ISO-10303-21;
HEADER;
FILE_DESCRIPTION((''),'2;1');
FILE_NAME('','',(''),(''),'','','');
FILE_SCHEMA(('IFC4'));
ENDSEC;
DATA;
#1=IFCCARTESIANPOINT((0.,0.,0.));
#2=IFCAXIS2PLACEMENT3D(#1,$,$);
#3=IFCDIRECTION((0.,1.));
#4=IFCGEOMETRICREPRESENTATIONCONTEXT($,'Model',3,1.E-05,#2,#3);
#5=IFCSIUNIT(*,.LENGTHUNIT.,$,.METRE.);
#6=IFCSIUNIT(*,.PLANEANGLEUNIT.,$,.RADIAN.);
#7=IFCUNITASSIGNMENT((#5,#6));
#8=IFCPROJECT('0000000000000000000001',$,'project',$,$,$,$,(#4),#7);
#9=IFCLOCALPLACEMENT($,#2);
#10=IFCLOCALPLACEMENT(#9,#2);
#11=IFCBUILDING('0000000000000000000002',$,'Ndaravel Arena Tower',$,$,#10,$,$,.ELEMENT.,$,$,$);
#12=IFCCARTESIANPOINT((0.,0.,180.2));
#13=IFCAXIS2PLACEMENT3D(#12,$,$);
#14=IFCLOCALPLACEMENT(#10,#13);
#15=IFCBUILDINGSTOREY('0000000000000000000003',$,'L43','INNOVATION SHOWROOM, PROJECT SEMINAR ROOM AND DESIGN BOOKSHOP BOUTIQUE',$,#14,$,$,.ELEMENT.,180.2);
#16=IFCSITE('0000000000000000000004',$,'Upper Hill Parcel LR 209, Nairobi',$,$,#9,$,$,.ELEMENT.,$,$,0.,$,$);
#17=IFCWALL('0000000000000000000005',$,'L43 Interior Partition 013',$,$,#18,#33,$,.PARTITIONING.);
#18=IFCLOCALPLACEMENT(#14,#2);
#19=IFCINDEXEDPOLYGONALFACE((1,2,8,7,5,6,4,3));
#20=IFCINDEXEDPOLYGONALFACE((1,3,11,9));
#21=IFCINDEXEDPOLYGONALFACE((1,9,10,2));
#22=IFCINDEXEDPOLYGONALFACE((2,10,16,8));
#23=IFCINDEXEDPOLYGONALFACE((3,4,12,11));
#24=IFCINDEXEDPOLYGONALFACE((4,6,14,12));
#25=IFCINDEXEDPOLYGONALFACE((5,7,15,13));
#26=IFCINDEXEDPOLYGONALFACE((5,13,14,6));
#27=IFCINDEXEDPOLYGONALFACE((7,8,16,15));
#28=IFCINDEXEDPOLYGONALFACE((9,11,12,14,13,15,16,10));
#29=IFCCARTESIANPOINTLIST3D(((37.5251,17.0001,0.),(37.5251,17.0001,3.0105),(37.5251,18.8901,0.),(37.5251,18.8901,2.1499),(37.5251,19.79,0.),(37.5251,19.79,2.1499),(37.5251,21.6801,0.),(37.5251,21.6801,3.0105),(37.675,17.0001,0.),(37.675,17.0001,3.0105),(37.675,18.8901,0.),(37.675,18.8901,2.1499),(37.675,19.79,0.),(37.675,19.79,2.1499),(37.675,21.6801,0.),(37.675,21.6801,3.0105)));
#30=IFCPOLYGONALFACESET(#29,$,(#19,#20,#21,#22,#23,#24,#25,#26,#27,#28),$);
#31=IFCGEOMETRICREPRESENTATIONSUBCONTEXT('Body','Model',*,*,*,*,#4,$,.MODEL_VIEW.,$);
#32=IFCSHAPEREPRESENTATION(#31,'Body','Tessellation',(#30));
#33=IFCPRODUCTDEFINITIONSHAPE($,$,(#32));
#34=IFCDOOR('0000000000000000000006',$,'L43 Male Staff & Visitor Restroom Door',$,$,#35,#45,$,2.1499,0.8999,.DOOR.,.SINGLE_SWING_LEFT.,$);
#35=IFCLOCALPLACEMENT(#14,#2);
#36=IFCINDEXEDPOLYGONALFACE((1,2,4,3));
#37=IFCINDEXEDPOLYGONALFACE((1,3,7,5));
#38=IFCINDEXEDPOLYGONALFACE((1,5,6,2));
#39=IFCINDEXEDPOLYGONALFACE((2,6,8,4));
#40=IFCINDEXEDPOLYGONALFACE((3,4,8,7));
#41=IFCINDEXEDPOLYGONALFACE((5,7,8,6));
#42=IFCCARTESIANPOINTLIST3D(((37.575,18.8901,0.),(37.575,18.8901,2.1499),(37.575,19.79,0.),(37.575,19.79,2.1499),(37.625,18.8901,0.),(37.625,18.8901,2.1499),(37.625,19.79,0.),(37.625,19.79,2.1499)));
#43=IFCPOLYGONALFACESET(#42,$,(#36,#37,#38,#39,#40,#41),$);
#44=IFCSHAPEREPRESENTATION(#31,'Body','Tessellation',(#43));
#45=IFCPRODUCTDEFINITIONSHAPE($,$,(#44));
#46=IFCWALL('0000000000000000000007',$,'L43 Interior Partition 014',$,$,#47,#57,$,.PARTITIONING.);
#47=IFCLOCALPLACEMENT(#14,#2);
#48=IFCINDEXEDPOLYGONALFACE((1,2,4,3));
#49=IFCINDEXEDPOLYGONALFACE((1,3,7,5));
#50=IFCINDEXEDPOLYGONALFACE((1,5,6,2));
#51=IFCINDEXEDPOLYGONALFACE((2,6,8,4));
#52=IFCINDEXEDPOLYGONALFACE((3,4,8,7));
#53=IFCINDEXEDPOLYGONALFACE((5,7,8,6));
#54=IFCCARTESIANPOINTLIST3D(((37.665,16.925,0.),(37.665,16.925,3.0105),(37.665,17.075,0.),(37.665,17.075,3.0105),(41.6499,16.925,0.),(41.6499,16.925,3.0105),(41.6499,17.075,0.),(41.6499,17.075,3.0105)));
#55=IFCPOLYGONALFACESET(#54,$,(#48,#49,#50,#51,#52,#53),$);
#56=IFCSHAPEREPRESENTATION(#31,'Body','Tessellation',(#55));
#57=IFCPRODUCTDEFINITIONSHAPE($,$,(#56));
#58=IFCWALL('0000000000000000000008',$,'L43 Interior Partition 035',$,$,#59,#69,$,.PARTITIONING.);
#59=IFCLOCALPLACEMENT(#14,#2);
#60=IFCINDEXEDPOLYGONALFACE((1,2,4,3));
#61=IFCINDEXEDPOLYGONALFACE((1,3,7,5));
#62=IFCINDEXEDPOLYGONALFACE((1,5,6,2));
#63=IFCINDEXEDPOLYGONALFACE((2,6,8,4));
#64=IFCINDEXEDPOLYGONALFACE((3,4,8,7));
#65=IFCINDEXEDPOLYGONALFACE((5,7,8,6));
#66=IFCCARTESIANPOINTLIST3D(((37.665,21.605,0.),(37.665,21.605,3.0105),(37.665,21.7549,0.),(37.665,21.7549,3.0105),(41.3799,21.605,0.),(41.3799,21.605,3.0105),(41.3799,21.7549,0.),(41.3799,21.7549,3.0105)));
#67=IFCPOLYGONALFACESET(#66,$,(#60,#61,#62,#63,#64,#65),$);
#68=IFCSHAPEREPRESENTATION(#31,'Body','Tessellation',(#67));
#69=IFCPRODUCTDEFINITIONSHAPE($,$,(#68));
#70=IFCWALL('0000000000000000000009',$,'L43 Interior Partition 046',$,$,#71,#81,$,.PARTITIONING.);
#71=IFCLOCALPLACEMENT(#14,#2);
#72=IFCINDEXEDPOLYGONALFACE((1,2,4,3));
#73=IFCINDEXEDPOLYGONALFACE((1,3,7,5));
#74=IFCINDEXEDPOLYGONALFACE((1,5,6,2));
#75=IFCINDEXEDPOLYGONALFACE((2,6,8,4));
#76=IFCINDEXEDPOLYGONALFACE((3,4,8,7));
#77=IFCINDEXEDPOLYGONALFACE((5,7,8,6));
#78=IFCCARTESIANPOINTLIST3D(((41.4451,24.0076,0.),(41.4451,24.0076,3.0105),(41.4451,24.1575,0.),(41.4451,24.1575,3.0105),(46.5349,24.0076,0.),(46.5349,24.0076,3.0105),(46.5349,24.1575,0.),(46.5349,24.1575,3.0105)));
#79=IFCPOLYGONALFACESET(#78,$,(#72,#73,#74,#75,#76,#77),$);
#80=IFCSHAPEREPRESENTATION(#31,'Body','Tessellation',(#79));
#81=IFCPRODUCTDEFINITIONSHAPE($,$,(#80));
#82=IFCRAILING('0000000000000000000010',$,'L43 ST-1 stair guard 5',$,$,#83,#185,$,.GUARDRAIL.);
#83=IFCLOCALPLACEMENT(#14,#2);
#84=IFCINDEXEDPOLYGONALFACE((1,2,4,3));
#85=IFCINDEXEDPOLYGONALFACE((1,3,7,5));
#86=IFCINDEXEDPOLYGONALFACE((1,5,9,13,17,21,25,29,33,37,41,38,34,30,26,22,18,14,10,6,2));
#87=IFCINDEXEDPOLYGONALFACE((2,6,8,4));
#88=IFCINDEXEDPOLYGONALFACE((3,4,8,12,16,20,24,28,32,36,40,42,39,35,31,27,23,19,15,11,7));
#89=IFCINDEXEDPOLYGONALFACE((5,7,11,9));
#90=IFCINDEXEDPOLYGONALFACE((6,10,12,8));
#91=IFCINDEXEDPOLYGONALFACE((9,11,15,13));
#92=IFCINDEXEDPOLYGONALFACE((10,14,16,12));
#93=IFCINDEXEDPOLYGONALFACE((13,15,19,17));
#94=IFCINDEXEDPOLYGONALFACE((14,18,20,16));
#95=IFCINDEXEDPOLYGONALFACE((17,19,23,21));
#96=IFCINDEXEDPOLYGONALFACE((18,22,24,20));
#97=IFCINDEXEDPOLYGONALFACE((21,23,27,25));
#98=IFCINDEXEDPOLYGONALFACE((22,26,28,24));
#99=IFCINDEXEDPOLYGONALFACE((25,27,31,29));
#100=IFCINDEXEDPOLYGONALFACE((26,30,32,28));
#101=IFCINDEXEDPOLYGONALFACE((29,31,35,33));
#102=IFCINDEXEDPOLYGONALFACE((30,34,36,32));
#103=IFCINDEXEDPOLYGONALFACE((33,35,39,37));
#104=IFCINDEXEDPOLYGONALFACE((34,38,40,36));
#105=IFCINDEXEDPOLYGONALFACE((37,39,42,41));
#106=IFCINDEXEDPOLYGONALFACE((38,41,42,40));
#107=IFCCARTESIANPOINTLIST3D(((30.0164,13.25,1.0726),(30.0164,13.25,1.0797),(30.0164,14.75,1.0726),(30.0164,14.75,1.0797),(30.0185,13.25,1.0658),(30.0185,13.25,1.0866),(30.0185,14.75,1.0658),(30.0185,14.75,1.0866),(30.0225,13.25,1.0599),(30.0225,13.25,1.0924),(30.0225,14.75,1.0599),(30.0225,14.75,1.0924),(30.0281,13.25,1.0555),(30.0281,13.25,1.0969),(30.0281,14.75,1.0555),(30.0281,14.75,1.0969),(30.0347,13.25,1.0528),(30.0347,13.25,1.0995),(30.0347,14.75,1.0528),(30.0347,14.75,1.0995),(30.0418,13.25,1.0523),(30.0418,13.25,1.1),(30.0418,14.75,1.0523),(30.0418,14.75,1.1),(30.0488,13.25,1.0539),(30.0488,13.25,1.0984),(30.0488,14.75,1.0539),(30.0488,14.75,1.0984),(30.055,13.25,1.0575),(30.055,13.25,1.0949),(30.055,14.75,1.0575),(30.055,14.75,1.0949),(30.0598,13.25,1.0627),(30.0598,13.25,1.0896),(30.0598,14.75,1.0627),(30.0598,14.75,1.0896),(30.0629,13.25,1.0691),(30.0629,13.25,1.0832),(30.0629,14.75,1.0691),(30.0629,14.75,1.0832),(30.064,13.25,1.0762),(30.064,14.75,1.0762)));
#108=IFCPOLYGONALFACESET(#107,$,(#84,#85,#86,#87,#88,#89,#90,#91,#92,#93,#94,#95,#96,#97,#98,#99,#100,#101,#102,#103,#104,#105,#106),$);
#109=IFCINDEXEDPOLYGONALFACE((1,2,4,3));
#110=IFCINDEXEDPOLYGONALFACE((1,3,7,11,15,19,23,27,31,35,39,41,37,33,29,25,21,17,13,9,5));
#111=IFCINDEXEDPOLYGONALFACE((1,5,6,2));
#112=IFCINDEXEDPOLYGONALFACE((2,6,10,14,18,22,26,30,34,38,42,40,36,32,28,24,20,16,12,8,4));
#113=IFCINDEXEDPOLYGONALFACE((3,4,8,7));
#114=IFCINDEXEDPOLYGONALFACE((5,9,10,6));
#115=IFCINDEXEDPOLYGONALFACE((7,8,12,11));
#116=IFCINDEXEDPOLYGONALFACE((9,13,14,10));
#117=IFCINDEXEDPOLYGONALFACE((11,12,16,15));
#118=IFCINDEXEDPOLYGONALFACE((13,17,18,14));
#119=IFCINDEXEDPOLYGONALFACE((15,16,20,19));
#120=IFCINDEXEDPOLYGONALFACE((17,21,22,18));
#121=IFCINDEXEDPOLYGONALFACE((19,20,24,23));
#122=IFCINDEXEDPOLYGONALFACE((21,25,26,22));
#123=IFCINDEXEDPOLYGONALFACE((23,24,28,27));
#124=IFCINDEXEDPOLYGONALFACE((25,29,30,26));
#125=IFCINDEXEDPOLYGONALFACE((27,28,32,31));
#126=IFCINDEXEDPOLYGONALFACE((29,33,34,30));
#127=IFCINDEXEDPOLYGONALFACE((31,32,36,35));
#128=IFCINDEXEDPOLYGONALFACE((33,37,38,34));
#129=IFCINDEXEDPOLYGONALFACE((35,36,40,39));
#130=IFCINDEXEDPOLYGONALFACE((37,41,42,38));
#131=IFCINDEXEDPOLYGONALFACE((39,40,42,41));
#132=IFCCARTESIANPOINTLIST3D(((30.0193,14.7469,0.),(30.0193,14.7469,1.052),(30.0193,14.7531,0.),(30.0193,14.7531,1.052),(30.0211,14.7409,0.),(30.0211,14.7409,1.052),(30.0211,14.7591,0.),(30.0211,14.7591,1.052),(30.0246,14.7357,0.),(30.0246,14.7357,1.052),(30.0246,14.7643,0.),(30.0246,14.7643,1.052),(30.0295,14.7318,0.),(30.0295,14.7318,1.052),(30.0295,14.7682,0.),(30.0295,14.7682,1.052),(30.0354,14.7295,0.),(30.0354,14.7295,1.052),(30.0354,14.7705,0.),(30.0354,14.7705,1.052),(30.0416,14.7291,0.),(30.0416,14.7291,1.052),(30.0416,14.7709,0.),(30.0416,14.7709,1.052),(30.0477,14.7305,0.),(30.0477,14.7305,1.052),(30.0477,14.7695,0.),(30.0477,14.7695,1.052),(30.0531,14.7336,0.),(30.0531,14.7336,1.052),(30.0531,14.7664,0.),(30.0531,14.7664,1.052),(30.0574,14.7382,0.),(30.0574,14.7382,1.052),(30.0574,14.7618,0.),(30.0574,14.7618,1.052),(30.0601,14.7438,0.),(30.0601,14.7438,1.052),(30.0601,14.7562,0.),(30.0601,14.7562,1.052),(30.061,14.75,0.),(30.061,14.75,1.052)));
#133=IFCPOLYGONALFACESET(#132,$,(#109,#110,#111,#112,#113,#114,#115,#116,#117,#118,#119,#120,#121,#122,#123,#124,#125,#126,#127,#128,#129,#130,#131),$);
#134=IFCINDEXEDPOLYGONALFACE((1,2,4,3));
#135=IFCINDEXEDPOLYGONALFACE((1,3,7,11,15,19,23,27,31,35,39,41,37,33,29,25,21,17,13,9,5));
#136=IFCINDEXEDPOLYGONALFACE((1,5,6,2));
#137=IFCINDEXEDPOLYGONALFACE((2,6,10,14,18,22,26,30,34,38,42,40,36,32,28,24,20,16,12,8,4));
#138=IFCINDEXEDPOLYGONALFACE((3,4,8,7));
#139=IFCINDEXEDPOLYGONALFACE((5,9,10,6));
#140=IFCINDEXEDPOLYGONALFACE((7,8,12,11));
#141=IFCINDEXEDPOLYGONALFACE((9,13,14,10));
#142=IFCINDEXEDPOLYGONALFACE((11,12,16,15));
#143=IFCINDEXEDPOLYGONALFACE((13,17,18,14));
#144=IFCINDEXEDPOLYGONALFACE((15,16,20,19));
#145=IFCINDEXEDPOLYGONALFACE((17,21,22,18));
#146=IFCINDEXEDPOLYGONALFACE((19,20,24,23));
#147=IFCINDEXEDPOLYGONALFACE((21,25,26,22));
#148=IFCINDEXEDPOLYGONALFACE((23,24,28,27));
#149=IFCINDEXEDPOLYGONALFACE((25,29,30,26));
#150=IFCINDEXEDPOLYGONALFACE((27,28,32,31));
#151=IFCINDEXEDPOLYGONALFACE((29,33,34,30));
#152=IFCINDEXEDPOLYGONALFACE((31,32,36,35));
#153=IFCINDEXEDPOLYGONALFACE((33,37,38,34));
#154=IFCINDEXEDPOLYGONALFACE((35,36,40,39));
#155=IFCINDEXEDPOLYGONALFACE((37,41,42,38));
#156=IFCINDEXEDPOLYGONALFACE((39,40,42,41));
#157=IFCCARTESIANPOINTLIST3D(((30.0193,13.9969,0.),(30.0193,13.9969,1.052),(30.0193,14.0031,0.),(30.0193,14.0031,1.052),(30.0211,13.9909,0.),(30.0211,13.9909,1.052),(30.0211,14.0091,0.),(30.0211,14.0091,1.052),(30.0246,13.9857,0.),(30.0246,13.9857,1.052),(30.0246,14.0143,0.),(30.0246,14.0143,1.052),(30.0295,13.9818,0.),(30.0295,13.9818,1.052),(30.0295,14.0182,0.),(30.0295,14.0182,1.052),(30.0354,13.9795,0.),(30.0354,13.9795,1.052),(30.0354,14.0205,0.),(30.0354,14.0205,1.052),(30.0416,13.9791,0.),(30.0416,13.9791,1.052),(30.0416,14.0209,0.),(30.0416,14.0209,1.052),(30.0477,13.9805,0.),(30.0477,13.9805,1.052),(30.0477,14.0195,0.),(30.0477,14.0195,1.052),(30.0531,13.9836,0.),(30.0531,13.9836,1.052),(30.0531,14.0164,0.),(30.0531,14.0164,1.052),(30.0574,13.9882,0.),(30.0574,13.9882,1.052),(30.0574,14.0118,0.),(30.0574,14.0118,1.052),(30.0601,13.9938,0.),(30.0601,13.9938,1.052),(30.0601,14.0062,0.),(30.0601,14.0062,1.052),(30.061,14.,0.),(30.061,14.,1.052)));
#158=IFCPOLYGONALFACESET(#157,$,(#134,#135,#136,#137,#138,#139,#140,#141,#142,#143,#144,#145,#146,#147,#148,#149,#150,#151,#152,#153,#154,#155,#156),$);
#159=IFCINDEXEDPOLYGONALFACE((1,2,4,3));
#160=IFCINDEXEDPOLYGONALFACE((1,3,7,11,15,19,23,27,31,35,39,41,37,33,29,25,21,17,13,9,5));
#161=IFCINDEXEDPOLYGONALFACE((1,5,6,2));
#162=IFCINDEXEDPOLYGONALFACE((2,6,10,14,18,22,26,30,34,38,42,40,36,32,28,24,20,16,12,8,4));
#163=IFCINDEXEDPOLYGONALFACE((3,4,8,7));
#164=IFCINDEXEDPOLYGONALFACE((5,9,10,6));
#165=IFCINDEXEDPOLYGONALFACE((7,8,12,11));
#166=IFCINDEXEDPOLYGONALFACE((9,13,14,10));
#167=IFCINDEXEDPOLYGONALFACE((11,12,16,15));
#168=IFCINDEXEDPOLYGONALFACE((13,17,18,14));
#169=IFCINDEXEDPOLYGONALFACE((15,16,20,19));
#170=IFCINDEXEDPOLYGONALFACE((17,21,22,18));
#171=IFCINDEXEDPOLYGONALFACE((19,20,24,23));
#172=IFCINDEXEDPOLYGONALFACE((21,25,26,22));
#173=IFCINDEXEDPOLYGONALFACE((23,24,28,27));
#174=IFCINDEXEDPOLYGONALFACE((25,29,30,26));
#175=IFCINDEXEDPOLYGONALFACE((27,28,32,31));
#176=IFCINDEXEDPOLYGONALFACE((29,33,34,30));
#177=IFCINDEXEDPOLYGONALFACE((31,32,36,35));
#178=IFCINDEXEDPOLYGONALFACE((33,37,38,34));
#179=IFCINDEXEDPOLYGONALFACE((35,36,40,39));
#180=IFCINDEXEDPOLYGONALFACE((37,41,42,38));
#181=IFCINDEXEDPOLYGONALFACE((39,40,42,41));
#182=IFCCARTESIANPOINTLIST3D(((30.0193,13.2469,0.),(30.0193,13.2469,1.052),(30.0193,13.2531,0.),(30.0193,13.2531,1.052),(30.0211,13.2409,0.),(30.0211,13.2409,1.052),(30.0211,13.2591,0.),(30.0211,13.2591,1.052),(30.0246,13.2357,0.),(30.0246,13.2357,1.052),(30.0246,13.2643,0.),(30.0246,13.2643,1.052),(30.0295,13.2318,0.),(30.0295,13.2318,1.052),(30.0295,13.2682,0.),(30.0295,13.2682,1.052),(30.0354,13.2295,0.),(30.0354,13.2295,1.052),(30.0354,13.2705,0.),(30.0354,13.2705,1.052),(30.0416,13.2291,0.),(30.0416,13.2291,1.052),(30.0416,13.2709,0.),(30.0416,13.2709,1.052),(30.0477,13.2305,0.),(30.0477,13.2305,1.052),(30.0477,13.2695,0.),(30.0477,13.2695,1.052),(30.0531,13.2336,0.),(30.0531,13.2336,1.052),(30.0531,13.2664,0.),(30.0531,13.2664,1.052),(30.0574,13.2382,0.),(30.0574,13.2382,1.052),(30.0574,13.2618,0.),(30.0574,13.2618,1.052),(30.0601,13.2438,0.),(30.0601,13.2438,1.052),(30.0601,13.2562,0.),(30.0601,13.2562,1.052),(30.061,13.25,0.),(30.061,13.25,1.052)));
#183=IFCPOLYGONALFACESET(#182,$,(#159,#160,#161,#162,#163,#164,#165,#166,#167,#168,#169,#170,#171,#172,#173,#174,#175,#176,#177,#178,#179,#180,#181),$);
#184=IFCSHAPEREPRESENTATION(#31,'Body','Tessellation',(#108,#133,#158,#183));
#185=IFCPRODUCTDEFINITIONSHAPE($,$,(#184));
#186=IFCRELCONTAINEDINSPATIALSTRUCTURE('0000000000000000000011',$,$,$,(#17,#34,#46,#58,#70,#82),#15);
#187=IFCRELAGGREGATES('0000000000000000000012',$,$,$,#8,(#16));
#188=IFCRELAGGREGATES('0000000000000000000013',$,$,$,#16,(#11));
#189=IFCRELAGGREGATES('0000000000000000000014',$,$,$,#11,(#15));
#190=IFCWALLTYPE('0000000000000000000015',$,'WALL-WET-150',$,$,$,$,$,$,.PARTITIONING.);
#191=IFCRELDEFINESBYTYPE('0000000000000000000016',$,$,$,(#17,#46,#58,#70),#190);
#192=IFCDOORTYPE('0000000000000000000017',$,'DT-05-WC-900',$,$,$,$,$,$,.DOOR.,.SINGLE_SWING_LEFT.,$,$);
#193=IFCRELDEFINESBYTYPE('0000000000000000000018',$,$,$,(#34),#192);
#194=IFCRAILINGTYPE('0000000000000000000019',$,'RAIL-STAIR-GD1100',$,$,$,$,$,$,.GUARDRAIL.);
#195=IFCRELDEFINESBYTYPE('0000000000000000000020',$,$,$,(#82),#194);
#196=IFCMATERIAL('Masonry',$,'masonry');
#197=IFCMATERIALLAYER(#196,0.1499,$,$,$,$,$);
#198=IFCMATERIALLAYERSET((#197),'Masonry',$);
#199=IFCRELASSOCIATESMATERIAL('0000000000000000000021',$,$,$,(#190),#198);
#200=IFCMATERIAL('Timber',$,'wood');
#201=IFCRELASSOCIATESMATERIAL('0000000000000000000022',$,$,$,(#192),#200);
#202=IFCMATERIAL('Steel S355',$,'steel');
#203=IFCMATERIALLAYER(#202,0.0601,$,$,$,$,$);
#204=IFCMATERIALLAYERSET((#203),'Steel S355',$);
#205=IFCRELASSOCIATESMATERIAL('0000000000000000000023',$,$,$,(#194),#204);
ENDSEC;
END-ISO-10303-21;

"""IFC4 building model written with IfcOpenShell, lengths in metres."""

from ifc_helpers import new_model, si_unit, direction, frame, frame_2d, origin, origin_2d, place, context, subcontext, project, spatial, rectangle, circle, extrude, material, layer, layer_set, type_object, element, fill, save


model = new_model("IFC4")

# Units and contexts
model_context = context("Model", 3, precision=1e-05, world=origin(), true_north=direction((0.0, 1.0)))
body_context = subcontext(model_context, "Body", "Model", "MODEL_VIEW")
ifc_project = project(units=[si_unit("LENGTHUNIT", "METRE"), si_unit("PLANEANGLEUNIT", "RADIAN")], contexts=[model_context])

# Site, building, storey
site_placement = place(None, origin())
site = spatial("IfcSite", under=ifc_project, at=site_placement, Name="Upper Hill Parcel LR 209, Nairobi", CompositionType="ELEMENT", RefElevation=0.0)
building_placement = place(site_placement, origin())
building = spatial("IfcBuilding", under=site, at=building_placement, Name="Ndaravel Arena Tower", CompositionType="ELEMENT")
storey_placement = place(building_placement, frame((0.0, 0.0, 180.2)))
storey = spatial("IfcBuildingStorey", under=building, at=storey_placement, Name="L43", Description="INNOVATION SHOWROOM, PROJECT SEMINAR ROOM AND DESIGN BOOKSHOP BOUTIQUE", CompositionType="ELEMENT", Elevation=180.2)

# Wall, opening, door
ifc_material_1 = material(Name="Masonry", Category="masonry")
ifc_layer_1 = layer(ifc_material_1, 0.1499)
ifc_layer_set_1 = layer_set([ifc_layer_1], Name="Masonry")
wall_type_1 = type_object("IfcWallType", Name="WALL-WET-150", PredefinedType="PARTITIONING", material=ifc_layer_set_1)
wall_1_placement = place(storey_placement, frame((37.6001, 21.6799, 0.0), z_axis=(0.0, 0.0, 1.0), x_axis=(0.0, -1.0, 0.0)))
wall_1 = element("IfcWall", 1, at=wall_1_placement, inside=storey, type_object=wall_type_1, Name="L43 Interior Partition 013", PredefinedType="PARTITIONING", context=body_context, shape_type="SweptSolid", body=[
    extrude(rectangle(XDim=4.6799, YDim=0.1499, at=frame_2d((2.3398, 0.0))), origin(), (0.0, 0.0, 1.0), 3.0105),
])
opening_1_placement = place(wall_1_placement, frame((1.8899, 0.0, 0.0)))
opening_1 = element("IfcOpeningElement", 2, at=opening_1_placement, cuts=wall_1, PredefinedType="OPENING", context=body_context, shape_type="SweptSolid", body=[
    extrude(rectangle(XDim=0.8999, YDim=2.1499, at=frame_2d((0.45, 1.075))), frame((0.0, 0.075, 0.0), z_axis=(0.0, -1.0, 0.0), x_axis=(1.0, 0.0, 0.0)), (0.0, 0.0, 1.0), 0.1499),
])
ifc_material_2 = material(Name="Timber", Category="wood")
door_type_1 = type_object("IfcDoorType", Name="DT-05-WC-900", OperationType="SINGLE_SWING_LEFT", PredefinedType="DOOR", material=ifc_material_2)
door_1_placement = place(opening_1_placement, origin())
door_1 = element("IfcDoor", 3, at=door_1_placement, inside=storey, type_object=door_type_1, Name="L43 Male Staff & Visitor Restroom Door", OperationType="SINGLE_SWING_LEFT", OverallHeight=2.1499, OverallWidth=0.8999, PredefinedType="DOOR", context=body_context, shape_type="SweptSolid", body=[
    extrude(rectangle(XDim=0.8999, YDim=2.1499, at=frame_2d((0.45, 1.075))), frame((0.0, 0.0249, 0.0), z_axis=(0.0, -1.0, 0.0), x_axis=(1.0, 0.0, 0.0)), (0.0, 0.0, 1.0), 0.05),
])
fill(opening_1, door_1)

# Walls
wall_2_placement = place(storey_placement, frame((37.665, 17.0, 0.0), z_axis=(0.0, 0.0, 1.0), x_axis=(1.0, 0.0, 0.0)))
element("IfcWall", 4, at=wall_2_placement, inside=storey, type_object=wall_type_1, Name="L43 Interior Partition 014", PredefinedType="PARTITIONING", context=body_context, shape_type="SweptSolid", body=[
    extrude(rectangle(XDim=3.9849, YDim=0.1499, at=frame_2d((1.9924, 0.0))), origin(), (0.0, 0.0, 1.0), 3.0105),
])
wall_3_placement = place(storey_placement, frame((37.665, 21.6799, 0.0), z_axis=(0.0, 0.0, 1.0), x_axis=(1.0, 0.0, 0.0)))
element("IfcWall", 5, at=wall_3_placement, inside=storey, type_object=wall_type_1, Name="L43 Interior Partition 035", PredefinedType="PARTITIONING", context=body_context, shape_type="SweptSolid", body=[
    extrude(rectangle(XDim=3.7148, YDim=0.1499, at=frame_2d((1.8574, 0.0))), origin(), (0.0, 0.0, 1.0), 3.0105),
])
wall_4_placement = place(storey_placement, frame((41.4451, 24.0825, 0.0), z_axis=(0.0, 0.0, 1.0), x_axis=(1.0, 0.0, 0.0)))
element("IfcWall", 6, at=wall_4_placement, inside=storey, type_object=wall_type_1, Name="L43 Interior Partition 046", PredefinedType="PARTITIONING", context=body_context, shape_type="SweptSolid", body=[
    extrude(rectangle(XDim=5.0898, YDim=0.1499, at=frame_2d((2.5449, 0.0))), origin(), (0.0, 0.0, 1.0), 3.0105),
])

# Railing
ifc_material_3 = material(Name="Steel S355", Category="steel")
ifc_layer_2 = layer(ifc_material_3, 0.0601)
ifc_layer_set_2 = layer_set([ifc_layer_2], Name="Steel S355")
railing_type = type_object("IfcRailingType", Name="RAIL-STAIR-GD1100", PredefinedType="GUARDRAIL", material=ifc_layer_set_2)
railing_placement = place(storey_placement, frame((30.04, 14.75, 0.0)))
element("IfcRailing", 7, at=railing_placement, inside=storey, type_object=railing_type, Name="L43 ST-1 stair guard 5", PredefinedType="GUARDRAIL", context=body_context, shape_type="SweptSolid", body=[
    extrude(circle(Radius=0.0239, at=origin_2d()), frame((0.0, 0.0, 1.0762), z_axis=(0.0, -1.0, 0.0), x_axis=(1.0, 0.0, 0.0)), (0.0, 0.0, 1.0), 1.5),
    extrude(circle(Radius=0.021, at=origin_2d()), origin(), (0.0, 0.0, 1.0), 1.052),
    extrude(circle(Radius=0.021, at=origin_2d()), frame((0.0, -0.75, 0.0)), (0.0, 0.0, 1.0), 1.052),
    extrude(circle(Radius=0.021, at=origin_2d()), frame((0.0, -1.5, 0.0)), (0.0, 0.0, 1.0), 1.052),
])

save(model, "model.ifc")
